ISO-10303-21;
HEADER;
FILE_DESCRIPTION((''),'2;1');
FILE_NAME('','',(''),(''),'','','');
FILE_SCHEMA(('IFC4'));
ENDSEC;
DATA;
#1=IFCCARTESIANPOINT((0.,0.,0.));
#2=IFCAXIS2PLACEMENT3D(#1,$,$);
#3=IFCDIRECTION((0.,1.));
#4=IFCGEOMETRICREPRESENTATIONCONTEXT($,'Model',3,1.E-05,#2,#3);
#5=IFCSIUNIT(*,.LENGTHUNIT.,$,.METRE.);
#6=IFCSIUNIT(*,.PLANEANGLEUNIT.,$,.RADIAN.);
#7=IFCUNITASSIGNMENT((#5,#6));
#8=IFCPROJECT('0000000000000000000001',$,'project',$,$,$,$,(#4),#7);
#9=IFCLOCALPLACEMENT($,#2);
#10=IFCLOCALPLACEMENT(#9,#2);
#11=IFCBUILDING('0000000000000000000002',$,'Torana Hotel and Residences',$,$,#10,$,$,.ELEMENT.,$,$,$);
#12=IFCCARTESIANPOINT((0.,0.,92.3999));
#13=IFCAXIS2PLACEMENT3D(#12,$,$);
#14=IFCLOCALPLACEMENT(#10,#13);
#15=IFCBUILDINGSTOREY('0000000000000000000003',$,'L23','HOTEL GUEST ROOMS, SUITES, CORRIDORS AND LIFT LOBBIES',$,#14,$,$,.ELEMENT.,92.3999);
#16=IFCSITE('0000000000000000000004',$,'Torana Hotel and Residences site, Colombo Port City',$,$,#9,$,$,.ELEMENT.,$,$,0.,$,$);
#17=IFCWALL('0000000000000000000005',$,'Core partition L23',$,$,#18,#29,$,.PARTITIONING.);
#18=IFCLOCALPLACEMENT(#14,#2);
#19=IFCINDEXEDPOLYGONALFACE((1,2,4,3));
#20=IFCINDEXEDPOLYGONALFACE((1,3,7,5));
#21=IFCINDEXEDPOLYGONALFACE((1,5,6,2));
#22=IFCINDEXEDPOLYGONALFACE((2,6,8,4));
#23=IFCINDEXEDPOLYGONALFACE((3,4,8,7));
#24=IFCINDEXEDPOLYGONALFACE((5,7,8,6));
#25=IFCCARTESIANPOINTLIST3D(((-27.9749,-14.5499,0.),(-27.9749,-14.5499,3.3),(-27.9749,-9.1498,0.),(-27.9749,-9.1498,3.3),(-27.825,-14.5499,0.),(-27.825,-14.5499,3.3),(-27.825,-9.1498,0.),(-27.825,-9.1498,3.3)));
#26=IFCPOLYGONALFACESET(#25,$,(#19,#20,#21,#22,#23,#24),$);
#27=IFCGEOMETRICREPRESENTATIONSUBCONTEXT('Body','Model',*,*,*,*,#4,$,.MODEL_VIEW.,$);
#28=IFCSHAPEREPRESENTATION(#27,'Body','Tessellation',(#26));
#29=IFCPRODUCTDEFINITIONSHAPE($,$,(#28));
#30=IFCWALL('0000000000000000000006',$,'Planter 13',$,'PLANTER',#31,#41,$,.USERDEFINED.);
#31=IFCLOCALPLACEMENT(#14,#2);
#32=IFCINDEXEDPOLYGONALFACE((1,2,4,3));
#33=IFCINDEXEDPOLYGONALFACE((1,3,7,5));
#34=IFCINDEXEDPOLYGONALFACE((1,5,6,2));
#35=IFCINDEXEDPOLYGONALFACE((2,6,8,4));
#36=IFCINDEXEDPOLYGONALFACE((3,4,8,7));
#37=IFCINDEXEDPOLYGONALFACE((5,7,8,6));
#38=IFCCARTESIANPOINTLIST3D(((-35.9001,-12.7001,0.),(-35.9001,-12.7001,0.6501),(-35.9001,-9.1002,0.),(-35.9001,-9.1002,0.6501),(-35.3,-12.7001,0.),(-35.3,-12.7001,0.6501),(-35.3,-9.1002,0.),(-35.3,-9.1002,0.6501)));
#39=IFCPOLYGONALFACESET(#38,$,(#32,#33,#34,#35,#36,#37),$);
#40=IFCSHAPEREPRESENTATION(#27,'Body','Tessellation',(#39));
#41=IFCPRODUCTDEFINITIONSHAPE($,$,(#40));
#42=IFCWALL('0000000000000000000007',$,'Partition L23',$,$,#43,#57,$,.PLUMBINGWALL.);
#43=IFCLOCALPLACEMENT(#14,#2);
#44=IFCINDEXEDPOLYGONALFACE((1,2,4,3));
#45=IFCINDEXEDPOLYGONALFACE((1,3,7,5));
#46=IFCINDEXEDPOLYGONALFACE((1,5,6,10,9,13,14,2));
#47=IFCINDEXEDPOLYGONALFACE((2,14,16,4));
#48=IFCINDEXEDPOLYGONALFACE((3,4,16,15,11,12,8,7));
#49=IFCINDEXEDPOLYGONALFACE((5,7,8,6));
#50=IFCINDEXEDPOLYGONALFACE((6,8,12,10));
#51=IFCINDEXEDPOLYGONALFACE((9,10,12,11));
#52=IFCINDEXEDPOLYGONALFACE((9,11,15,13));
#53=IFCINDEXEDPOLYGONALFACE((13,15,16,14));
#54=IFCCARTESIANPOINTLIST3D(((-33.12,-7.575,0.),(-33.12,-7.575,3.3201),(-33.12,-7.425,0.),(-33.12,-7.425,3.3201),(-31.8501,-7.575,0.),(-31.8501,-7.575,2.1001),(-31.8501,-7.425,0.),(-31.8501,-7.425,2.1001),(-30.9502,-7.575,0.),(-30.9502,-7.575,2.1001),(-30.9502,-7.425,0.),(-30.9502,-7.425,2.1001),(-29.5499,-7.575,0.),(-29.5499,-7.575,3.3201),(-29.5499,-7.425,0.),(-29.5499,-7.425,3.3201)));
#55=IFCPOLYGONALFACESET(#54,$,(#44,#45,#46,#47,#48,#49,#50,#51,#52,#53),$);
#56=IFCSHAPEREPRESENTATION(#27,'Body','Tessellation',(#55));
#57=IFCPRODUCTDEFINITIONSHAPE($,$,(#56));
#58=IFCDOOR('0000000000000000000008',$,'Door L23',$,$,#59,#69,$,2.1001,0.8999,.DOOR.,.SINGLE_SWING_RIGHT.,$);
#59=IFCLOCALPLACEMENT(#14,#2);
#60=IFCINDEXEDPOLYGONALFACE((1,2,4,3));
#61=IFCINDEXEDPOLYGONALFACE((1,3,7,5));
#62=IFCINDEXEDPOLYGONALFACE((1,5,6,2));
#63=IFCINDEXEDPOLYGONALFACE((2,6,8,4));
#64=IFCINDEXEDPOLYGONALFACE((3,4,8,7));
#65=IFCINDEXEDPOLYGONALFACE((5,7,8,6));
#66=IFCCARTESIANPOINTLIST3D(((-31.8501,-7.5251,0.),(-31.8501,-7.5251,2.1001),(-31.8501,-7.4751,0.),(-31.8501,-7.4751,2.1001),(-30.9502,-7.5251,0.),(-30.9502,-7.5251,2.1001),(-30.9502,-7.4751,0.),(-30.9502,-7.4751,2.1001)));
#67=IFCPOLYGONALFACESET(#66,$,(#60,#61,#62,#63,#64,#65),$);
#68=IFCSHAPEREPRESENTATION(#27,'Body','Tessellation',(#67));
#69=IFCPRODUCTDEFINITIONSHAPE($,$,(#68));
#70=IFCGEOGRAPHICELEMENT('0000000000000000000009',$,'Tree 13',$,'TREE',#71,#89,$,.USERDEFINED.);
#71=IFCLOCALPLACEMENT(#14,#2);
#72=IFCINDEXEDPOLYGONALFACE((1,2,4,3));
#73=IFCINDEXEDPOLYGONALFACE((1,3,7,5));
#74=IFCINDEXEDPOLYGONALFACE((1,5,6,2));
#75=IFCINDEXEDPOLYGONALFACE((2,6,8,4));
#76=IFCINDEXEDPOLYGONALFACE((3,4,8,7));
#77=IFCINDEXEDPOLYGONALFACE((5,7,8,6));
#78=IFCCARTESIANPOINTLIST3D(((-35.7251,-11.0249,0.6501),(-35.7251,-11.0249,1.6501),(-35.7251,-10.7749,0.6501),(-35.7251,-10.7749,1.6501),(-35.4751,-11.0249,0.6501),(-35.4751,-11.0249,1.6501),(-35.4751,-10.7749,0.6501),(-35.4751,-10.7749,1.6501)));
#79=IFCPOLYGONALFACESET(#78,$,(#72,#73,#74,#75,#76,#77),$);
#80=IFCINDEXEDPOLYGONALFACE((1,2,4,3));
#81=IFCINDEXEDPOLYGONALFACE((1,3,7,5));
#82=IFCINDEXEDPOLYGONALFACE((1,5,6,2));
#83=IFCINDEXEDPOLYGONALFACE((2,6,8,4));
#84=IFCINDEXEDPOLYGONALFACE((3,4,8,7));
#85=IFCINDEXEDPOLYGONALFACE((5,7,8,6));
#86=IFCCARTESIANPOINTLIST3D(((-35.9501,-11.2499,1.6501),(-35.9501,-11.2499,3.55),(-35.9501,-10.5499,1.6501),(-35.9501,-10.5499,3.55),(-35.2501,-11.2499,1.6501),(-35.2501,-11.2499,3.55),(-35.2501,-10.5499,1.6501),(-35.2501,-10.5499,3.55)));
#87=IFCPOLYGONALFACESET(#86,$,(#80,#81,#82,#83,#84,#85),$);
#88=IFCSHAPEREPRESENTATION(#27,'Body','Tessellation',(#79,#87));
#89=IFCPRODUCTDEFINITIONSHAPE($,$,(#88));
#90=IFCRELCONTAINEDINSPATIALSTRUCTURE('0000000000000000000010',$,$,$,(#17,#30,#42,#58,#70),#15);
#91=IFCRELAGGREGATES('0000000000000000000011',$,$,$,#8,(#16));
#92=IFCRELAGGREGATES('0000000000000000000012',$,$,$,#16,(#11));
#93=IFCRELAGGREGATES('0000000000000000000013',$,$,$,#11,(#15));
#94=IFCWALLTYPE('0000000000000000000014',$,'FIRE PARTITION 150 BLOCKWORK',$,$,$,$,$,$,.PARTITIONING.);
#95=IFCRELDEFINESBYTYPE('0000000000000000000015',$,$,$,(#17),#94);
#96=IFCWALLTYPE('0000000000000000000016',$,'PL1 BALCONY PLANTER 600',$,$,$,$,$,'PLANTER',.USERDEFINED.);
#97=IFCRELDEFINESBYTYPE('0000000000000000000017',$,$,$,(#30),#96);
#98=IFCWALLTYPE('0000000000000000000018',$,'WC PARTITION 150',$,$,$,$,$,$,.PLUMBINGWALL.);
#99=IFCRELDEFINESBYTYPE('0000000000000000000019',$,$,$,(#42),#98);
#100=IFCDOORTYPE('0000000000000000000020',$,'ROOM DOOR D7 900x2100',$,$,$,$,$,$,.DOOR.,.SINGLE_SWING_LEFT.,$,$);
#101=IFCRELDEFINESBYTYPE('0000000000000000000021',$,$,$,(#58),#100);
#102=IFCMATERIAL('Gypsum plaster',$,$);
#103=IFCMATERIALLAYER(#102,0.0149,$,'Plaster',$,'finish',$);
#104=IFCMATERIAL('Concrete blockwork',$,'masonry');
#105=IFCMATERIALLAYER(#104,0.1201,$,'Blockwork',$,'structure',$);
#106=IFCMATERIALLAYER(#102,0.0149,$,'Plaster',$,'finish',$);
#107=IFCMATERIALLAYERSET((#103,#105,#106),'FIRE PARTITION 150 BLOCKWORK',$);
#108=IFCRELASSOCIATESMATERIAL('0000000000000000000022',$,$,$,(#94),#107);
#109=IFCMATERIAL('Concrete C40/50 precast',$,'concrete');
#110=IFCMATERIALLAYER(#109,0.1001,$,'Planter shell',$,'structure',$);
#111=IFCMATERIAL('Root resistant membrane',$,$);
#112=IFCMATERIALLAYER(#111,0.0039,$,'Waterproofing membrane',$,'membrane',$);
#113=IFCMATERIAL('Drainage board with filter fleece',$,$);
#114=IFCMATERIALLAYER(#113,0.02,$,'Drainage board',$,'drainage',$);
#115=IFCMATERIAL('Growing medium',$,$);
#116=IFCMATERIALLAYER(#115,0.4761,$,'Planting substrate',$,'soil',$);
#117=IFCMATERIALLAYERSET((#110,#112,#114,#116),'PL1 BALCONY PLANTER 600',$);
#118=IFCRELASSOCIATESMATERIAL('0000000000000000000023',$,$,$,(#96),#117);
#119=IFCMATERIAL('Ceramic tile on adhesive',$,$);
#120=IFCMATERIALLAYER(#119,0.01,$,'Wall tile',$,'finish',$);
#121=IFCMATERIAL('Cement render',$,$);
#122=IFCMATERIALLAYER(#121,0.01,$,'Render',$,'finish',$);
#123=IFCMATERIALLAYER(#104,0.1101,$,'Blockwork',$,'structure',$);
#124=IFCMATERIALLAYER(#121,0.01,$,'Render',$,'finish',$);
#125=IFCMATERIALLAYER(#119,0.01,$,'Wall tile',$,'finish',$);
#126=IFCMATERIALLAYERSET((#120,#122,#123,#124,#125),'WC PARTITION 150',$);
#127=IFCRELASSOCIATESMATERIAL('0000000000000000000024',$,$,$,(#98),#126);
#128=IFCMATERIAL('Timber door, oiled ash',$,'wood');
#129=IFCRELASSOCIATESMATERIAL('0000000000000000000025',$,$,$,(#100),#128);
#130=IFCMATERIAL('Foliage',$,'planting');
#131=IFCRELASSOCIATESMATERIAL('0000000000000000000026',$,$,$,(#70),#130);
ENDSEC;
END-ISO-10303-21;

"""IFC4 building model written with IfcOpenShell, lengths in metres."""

from ifc_helpers import new_model, si_unit, direction, frame, frame_2d, origin, origin_2d, place, context, subcontext, project, spatial, rectangle, extrude, material, layer, layer_set, type_object, element, fill, save


model = new_model("IFC4")

# Units and contexts
model_context = context("Model", 3, precision=1e-05, world=origin(), true_north=direction((0.0, 1.0)))
body_context = subcontext(model_context, "Body", "Model", "MODEL_VIEW")
ifc_project = project(units=[si_unit("LENGTHUNIT", "METRE"), si_unit("PLANEANGLEUNIT", "RADIAN")], contexts=[model_context])

# Site, building, storey
site_placement = place(None, origin())
site = spatial("IfcSite", under=ifc_project, at=site_placement, Name="Torana Hotel and Residences site, Colombo Port City", CompositionType="ELEMENT", RefElevation=0.0)
building_placement = place(site_placement, origin())
building = spatial("IfcBuilding", under=site, at=building_placement, Name="Torana Hotel and Residences", CompositionType="ELEMENT")
storey_placement = place(building_placement, frame((0.0, 0.0, 92.3999)))
storey = spatial("IfcBuildingStorey", under=building, at=storey_placement, Name="L23", Description="HOTEL GUEST ROOMS, SUITES, CORRIDORS AND LIFT LOBBIES", CompositionType="ELEMENT", Elevation=92.3999)

# Walls
ifc_material_1 = material(Name="Gypsum plaster")
ifc_layer_1 = layer(ifc_material_1, 0.0149, Name="Plaster", Category="finish")
ifc_material_2 = material(Name="Concrete blockwork", Category="masonry")
ifc_layer_2 = layer(ifc_material_2, 0.1201, Name="Blockwork", Category="structure")
ifc_layer_3 = layer(ifc_material_1, 0.0149, Name="Plaster", Category="finish")
ifc_layer_set_1 = layer_set([ifc_layer_1, ifc_layer_2, ifc_layer_3], Name="FIRE PARTITION 150 BLOCKWORK")
wall_type_1 = type_object("IfcWallType", Name="FIRE PARTITION 150 BLOCKWORK", PredefinedType="PARTITIONING", material=ifc_layer_set_1)
wall_1_placement = place(storey_placement, frame((-27.8999, -14.55, 0.0), z_axis=(0.0, 0.0, 1.0), x_axis=(0.0, 1.0, 0.0)))
element("IfcWall", 1, at=wall_1_placement, inside=storey, type_object=wall_type_1, Name="Core partition L23", PredefinedType="PARTITIONING", context=body_context, shape_type="SweptSolid", body=[
    extrude(rectangle(XDim=5.4001, YDim=0.1499, at=frame_2d((2.7002, 0.0))), origin(), (0.0, 0.0, 1.0), 3.3),
])
ifc_material_3 = material(Name="Concrete C40/50 precast", Category="concrete")
ifc_layer_4 = layer(ifc_material_3, 0.1001, Name="Planter shell", Category="structure")
ifc_material_4 = material(Name="Root resistant membrane")
ifc_layer_5 = layer(ifc_material_4, 0.0039, Name="Waterproofing membrane", Category="membrane")
ifc_material_5 = material(Name="Drainage board with filter fleece")
ifc_layer_6 = layer(ifc_material_5, 0.02, Name="Drainage board", Category="drainage")
ifc_material_6 = material(Name="Growing medium")
ifc_layer_7 = layer(ifc_material_6, 0.4761, Name="Planting substrate", Category="soil")
ifc_layer_set_2 = layer_set([ifc_layer_4, ifc_layer_5, ifc_layer_6, ifc_layer_7], Name="PL1 BALCONY PLANTER 600")
wall_type_2 = type_object("IfcWallType", Name="PL1 BALCONY PLANTER 600", ElementType="PLANTER", PredefinedType="USERDEFINED", material=ifc_layer_set_2)
wall_2_placement = place(storey_placement, frame((-35.6001, -12.7, 0.0), z_axis=(0.0, 0.0, 1.0), x_axis=(0.0, 1.0, 0.0)))
element("IfcWall", 2, at=wall_2_placement, inside=storey, type_object=wall_type_2, Name="Planter 13", ObjectType="PLANTER", PredefinedType="USERDEFINED", context=body_context, shape_type="SweptSolid", body=[
    extrude(rectangle(XDim=3.5999, YDim=0.6001, at=frame_2d((1.7998, 0.0))), origin(), (0.0, 0.0, 1.0), 0.6501),
])

# Wall, opening, door
ifc_material_7 = material(Name="Ceramic tile on adhesive")
ifc_layer_8 = layer(ifc_material_7, 0.01, Name="Wall tile", Category="finish")
ifc_material_8 = material(Name="Cement render")
ifc_layer_9 = layer(ifc_material_8, 0.01, Name="Render", Category="finish")
ifc_layer_10 = layer(ifc_material_2, 0.1101, Name="Blockwork", Category="structure")
ifc_layer_11 = layer(ifc_material_8, 0.01, Name="Render", Category="finish")
ifc_layer_12 = layer(ifc_material_7, 0.01, Name="Wall tile", Category="finish")
ifc_layer_set_3 = layer_set([ifc_layer_8, ifc_layer_9, ifc_layer_10, ifc_layer_11, ifc_layer_12], Name="WC PARTITION 150")
wall_type_3 = type_object("IfcWallType", Name="WC PARTITION 150", PredefinedType="PLUMBINGWALL", material=ifc_layer_set_3)
wall_3_placement = place(storey_placement, frame((-33.1201, -7.5, 0.0), z_axis=(0.0, 0.0, 1.0), x_axis=(1.0, 0.0, 0.0)))
wall_3 = element("IfcWall", 3, at=wall_3_placement, inside=storey, type_object=wall_type_3, Name="Partition L23", PredefinedType="PLUMBINGWALL", context=body_context, shape_type="SweptSolid", body=[
    extrude(rectangle(XDim=3.5701, YDim=0.1499, at=frame_2d((1.7852, 0.0))), origin(), (0.0, 0.0, 1.0), 3.3201),
])
opening_1_placement = place(wall_3_placement, frame((1.27, 0.0, 0.0)))
opening_1 = element("IfcOpeningElement", 4, at=opening_1_placement, cuts=wall_3, PredefinedType="OPENING", context=body_context, shape_type="SweptSolid", body=[
    extrude(rectangle(XDim=0.8999, YDim=2.1001, at=frame_2d((0.45, 1.05))), frame((0.0, 0.085, 0.0), z_axis=(0.0, -1.0, 0.0), x_axis=(1.0, 0.0, 0.0)), (0.0, 0.0, 1.0), 0.1699),
])
ifc_material_9 = material(Name="Timber door, oiled ash", Category="wood")
door_type_1 = type_object("IfcDoorType", Name="ROOM DOOR D7 900x2100", OperationType="SINGLE_SWING_LEFT", PredefinedType="DOOR", material=ifc_material_9)
door_1_placement = place(opening_1_placement, origin())
door_1 = element("IfcDoor", 5, at=door_1_placement, inside=storey, type_object=door_type_1, Name="Door L23", OperationType="SINGLE_SWING_RIGHT", OverallHeight=2.1001, OverallWidth=0.8999, PredefinedType="DOOR", context=body_context, shape_type="SweptSolid", body=[
    extrude(rectangle(XDim=0.8999, YDim=2.1001, at=frame_2d((0.45, 1.05))), frame((0.0, 0.0249, 0.0), z_axis=(0.0, -1.0, 0.0), x_axis=(1.0, 0.0, 0.0)), (0.0, 0.0, 1.0), 0.05),
])
fill(opening_1, door_1)

# Geographic element
ifc_material_10 = material(Name="Foliage", Category="planting")
geographic_element_placement = place(storey_placement, frame((-35.6001, -10.8999, 0.6501), z_axis=(0.0, 0.0, 1.0), x_axis=(1.0, 0.0, 0.0)))
element("IfcGeographicElement", 6, at=geographic_element_placement, inside=storey, material=ifc_material_10, Name="Tree 13", ObjectType="TREE", PredefinedType="USERDEFINED", context=body_context, shape_type="SweptSolid", body=[
    extrude(rectangle(XDim=0.25, YDim=0.25, at=origin_2d()), origin(), (0.0, 0.0, 1.0), 1.0),
    extrude(rectangle(XDim=0.7, YDim=0.7, at=origin_2d()), frame((0.0, 0.0, 1.0)), (0.0, 0.0, 1.0), 1.8999),
])

save(model, "model.ifc")
